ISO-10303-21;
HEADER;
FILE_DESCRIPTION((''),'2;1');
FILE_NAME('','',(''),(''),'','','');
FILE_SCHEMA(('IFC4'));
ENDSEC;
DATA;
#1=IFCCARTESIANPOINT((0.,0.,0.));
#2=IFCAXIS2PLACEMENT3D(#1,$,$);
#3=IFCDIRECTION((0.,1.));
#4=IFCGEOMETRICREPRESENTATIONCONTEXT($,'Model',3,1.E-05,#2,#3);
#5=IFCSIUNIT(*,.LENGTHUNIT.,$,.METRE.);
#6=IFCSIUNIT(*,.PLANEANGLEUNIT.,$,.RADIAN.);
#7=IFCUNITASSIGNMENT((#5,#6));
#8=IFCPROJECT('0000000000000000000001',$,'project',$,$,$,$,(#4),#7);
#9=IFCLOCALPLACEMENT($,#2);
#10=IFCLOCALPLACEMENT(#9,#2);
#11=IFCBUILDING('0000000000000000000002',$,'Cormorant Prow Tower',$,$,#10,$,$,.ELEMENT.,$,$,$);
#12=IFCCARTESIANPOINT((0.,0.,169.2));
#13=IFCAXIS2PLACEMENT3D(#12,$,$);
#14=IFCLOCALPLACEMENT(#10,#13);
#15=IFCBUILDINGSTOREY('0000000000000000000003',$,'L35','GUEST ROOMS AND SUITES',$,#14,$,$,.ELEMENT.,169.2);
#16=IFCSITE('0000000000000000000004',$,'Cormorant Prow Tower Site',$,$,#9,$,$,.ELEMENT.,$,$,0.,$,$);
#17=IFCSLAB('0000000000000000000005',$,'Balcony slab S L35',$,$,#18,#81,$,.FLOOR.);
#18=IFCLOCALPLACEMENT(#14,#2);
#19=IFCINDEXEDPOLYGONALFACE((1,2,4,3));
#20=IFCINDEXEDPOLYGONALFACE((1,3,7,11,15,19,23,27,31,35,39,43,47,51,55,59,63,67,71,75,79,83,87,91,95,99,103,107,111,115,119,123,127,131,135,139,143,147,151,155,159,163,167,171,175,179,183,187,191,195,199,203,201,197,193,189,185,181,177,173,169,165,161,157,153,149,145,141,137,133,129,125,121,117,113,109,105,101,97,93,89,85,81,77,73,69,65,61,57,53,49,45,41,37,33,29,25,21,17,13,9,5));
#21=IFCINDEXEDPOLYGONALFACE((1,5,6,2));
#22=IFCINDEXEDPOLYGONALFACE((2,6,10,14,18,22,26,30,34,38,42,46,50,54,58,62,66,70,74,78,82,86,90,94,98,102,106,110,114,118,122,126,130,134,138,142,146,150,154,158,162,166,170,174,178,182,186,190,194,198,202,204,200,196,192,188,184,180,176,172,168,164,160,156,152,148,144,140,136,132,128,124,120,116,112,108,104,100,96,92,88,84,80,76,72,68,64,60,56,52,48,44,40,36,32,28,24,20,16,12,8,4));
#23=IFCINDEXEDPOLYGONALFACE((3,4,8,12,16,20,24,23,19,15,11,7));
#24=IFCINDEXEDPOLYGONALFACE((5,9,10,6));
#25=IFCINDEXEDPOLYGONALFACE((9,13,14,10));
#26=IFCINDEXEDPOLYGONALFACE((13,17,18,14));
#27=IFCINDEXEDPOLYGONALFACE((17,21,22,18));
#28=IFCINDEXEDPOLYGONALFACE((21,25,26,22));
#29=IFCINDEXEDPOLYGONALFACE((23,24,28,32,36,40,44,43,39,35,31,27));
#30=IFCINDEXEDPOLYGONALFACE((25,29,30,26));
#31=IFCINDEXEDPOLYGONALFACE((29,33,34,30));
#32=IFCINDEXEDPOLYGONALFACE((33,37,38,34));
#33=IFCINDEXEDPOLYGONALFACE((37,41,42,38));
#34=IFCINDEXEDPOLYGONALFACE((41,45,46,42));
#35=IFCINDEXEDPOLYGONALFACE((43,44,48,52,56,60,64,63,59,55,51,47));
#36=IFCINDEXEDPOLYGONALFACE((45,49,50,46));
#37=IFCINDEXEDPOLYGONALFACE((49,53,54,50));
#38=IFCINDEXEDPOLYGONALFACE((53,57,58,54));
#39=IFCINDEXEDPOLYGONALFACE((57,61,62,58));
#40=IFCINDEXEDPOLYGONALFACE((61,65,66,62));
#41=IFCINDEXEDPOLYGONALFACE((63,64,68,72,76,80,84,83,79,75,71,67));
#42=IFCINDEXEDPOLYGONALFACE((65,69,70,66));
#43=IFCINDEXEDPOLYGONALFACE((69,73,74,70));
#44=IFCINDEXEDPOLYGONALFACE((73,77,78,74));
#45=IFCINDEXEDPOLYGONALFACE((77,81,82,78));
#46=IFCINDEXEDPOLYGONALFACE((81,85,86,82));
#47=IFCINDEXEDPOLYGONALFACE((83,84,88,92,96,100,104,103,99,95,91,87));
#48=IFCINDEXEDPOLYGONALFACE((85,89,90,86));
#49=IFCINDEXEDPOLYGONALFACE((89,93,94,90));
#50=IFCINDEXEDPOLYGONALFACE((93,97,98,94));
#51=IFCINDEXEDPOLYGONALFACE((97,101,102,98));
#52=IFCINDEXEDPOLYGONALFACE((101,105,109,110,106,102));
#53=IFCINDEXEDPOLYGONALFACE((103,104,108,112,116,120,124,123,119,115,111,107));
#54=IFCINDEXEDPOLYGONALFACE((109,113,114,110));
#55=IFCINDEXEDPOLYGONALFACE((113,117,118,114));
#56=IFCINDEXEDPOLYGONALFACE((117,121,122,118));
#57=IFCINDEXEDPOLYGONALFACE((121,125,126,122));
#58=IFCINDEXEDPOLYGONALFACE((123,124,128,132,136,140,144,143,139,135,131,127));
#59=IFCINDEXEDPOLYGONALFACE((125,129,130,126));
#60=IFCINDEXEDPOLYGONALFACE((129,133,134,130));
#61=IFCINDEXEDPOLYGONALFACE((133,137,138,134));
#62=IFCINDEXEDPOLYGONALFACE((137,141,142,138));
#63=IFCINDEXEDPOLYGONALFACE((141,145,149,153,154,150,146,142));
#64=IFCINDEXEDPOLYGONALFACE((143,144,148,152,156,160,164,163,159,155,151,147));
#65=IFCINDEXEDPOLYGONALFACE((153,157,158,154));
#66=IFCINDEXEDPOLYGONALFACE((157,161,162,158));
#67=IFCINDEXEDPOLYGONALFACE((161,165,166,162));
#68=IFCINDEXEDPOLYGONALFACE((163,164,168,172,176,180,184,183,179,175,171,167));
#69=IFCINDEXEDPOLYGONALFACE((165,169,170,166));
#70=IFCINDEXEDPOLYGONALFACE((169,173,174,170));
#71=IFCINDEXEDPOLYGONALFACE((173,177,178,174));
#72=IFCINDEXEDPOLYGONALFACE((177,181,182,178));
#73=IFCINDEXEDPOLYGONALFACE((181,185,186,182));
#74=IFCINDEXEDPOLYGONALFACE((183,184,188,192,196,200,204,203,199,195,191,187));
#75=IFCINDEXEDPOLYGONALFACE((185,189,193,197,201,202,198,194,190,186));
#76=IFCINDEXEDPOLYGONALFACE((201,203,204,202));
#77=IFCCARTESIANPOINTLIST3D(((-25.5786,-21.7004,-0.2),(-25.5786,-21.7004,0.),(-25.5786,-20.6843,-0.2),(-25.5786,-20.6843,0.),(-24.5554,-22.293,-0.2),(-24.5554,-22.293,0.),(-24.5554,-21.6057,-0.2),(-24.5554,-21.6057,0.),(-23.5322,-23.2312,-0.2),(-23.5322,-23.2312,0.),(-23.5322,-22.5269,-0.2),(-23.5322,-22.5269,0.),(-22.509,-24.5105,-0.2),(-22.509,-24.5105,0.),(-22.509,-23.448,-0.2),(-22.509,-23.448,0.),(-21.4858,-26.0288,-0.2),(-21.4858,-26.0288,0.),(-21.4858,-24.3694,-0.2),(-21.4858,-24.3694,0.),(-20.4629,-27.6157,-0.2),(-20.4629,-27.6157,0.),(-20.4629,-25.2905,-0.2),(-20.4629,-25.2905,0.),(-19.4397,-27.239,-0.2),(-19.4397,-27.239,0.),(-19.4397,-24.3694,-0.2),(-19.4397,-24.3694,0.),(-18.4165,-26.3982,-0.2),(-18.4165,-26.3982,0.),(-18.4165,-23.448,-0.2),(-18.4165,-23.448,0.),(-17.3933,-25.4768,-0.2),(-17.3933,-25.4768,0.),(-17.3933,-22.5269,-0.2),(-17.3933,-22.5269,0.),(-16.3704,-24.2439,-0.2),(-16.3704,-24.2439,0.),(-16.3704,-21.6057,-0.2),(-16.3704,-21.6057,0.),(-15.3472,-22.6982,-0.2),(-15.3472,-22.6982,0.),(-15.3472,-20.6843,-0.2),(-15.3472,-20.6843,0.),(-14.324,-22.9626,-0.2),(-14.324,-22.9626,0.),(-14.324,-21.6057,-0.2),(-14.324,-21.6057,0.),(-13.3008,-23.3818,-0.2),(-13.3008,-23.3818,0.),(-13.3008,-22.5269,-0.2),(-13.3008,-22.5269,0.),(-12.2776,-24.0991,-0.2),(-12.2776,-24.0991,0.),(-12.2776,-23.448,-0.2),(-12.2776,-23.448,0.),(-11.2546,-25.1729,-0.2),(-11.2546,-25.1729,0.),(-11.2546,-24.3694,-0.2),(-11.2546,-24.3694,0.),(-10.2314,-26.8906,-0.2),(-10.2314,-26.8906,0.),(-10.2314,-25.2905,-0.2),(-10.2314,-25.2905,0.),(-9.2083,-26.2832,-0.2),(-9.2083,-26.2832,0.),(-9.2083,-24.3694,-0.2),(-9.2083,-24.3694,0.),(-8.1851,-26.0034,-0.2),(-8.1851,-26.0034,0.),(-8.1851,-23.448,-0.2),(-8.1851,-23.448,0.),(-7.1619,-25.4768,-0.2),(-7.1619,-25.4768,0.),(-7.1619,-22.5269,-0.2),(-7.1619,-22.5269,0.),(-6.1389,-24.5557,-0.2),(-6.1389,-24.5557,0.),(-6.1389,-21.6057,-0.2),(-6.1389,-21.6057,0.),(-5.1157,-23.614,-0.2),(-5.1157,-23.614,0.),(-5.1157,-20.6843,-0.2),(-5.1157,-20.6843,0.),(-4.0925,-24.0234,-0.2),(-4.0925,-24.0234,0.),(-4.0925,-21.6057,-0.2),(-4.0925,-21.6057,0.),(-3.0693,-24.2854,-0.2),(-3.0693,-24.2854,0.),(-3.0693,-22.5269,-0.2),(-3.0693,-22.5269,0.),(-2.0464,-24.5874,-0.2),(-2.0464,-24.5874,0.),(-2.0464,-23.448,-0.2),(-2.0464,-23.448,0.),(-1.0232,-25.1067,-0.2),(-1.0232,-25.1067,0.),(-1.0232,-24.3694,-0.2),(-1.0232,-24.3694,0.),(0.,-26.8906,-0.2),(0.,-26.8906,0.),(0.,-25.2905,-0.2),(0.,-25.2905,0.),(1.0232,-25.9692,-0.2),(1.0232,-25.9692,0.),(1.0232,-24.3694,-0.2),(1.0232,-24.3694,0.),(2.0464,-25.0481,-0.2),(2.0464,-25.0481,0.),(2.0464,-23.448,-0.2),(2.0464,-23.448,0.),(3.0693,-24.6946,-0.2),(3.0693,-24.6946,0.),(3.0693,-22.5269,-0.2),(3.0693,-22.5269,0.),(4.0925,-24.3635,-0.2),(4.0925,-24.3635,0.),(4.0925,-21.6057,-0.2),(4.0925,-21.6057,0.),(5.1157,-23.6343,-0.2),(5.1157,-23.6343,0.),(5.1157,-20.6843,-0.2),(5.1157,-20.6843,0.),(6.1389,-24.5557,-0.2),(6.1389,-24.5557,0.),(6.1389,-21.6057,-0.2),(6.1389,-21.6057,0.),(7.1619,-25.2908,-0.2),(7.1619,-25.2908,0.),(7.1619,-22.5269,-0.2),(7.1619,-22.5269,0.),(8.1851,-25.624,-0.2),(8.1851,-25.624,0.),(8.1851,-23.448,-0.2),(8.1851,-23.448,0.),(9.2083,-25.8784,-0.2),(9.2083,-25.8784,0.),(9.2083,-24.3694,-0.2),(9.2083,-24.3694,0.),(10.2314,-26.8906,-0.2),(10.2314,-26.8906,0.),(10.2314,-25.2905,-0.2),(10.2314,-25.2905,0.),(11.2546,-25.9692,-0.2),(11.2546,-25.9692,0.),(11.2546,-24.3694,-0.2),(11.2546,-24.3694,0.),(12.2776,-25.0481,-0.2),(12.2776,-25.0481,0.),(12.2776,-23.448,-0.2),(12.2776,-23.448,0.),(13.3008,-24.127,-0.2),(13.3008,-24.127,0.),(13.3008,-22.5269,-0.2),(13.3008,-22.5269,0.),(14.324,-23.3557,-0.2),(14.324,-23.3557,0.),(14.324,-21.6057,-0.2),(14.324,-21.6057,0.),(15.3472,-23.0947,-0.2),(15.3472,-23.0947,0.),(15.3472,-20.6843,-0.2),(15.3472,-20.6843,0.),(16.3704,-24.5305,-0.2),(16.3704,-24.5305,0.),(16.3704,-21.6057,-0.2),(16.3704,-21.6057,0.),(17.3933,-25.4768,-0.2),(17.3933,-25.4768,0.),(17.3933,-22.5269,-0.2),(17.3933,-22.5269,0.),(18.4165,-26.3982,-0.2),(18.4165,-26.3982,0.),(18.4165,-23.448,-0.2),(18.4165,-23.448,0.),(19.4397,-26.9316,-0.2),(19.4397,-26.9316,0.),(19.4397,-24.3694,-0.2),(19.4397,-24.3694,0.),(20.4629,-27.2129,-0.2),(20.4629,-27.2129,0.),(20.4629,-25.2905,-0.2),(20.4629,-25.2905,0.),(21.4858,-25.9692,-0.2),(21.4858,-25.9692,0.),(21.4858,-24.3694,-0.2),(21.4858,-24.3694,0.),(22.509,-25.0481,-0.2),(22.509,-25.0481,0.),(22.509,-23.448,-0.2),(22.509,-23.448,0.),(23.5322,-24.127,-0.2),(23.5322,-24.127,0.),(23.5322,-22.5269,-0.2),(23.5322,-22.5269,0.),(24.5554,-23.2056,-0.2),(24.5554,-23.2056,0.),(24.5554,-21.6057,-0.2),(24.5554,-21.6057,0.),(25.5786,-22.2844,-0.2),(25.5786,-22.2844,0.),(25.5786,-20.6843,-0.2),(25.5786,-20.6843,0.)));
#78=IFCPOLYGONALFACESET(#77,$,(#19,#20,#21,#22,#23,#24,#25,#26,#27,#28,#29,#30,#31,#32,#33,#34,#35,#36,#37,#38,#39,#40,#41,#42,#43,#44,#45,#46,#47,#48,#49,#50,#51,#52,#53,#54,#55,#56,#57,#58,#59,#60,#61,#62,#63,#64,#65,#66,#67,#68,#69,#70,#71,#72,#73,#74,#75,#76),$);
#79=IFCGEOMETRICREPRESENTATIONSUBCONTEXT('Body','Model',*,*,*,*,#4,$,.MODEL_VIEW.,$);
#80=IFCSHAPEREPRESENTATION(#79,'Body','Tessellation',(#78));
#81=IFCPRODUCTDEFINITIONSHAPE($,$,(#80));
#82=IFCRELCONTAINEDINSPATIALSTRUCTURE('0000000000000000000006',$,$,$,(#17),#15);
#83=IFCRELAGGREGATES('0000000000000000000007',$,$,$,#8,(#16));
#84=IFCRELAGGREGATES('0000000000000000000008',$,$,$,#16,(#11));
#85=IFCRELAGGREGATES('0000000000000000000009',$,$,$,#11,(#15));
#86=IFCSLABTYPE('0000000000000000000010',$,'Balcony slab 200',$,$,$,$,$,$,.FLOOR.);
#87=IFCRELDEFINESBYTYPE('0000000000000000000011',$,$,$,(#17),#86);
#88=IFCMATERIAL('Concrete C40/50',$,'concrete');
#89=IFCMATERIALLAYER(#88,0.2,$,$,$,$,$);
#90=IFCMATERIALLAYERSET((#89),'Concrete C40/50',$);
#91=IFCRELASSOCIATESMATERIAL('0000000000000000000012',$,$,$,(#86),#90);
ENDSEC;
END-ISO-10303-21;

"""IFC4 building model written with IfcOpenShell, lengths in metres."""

from ifc_helpers import new_model, si_unit, direction, frame, origin, place, context, subcontext, project, spatial, polyline, outline, extrude, material, layer, layer_set, type_object, element, save


model = new_model("IFC4")

# Units and contexts
model_context = context("Model", 3, precision=1e-05, world=origin(), true_north=direction((0.0, 1.0)))
body_context = subcontext(model_context, "Body", "Model", "MODEL_VIEW")
ifc_project = project(units=[si_unit("LENGTHUNIT", "METRE"), si_unit("PLANEANGLEUNIT", "RADIAN")], contexts=[model_context])

# Site, building, storey
site_placement = place(None, origin())
site = spatial("IfcSite", under=ifc_project, at=site_placement, Name="Cormorant Prow Tower Site", CompositionType="ELEMENT", RefElevation=0.0)
building_placement = place(site_placement, origin())
building = spatial("IfcBuilding", under=site, at=building_placement, Name="Cormorant Prow Tower", CompositionType="ELEMENT")
storey_placement = place(building_placement, frame((0.0, 0.0, 169.2)))
storey = spatial("IfcBuildingStorey", under=building, at=storey_placement, Name="L35", Description="GUEST ROOMS AND SUITES", CompositionType="ELEMENT", Elevation=169.2)

# Slab
ifc_material_1 = material(Name="Concrete C40/50", Category="concrete")
ifc_layer_1 = layer(ifc_material_1, 0.2)
ifc_layer_set_1 = layer_set([ifc_layer_1], Name="Concrete C40/50")
slab_type_1 = type_object("IfcSlabType", Name="Balcony slab 200", PredefinedType="FLOOR", material=ifc_layer_set_1)
slab_1_placement = place(storey_placement, frame((0.0, 0.0, -0.2)))
element("IfcSlab", 1, at=slab_1_placement, inside=storey, type_object=slab_type_1, Name="Balcony slab S L35", PredefinedType="FLOOR", context=body_context, shape_type="SweptSolid", body=[
    extrude(outline(polyline([(-25.5786, -20.6843), (-25.5786, -21.7004), (-24.5554, -22.293), (-23.5322, -23.2312), (-22.509, -24.5105), (-21.4858, -26.0288), (-20.4629, -27.6157), (-19.4397, -27.239), (-18.4165, -26.3982), (-17.3933, -25.4768), (-16.3704, -24.2439), (-15.3472, -22.6982), (-14.324, -22.9626), (-13.3008, -23.3818), (-12.2776, -24.0991), (-11.2546, -25.1729), (-10.2314, -26.8906), (-9.2083, -26.2832), (-8.1851, -26.0034), (-7.1619, -25.4768), (-6.1389, -24.5557), (-5.1157, -23.614), (-4.0925, -24.0234), (-3.0693, -24.2854), (-2.0464, -24.5874), (-1.0232, -25.1067), (0.0, -26.8906), (1.0232, -25.9692), (2.0464, -25.0481), (3.0693, -24.6946), (4.0925, -24.3635), (5.1157, -23.6343), (6.1389, -24.5557), (7.1619, -25.2908), (8.1851, -25.624), (9.2083, -25.8784), (10.2314, -26.8906), (11.2546, -25.9692), (12.2776, -25.0481), (13.3008, -24.127), (14.324, -23.3557), (15.3472, -23.0947), (16.3704, -24.5305), (17.3933, -25.4768), (18.4165, -26.3982), (19.4397, -26.9316), (20.4629, -27.2129), (21.4858, -25.9692), (22.509, -25.0481), (23.5322, -24.127), (24.5554, -23.2056), (25.5786, -22.2844), (25.5786, -20.6843), (24.5554, -21.6057), (23.5322, -22.5269), (22.509, -23.448), (21.4858, -24.3694), (20.4629, -25.2905), (19.4397, -24.3694), (18.4165, -23.448), (17.3933, -22.5269), (16.3704, -21.6057), (15.3472, -20.6843), (14.324, -21.6057), (13.3008, -22.5269), (12.2776, -23.448), (11.2546, -24.3694), (10.2314, -25.2905), (9.2083, -24.3694), (8.1851, -23.448), (7.1619, -22.5269), (6.1389, -21.6057), (5.1157, -20.6843), (4.0925, -21.6057), (3.0693, -22.5269), (2.0464, -23.448), (1.0232, -24.3694), (0.0, -25.2905), (-1.0232, -24.3694), (-2.0464, -23.448), (-3.0693, -22.5269), (-4.0925, -21.6057), (-5.1157, -20.6843), (-6.1389, -21.6057), (-7.1619, -22.5269), (-8.1851, -23.448), (-9.2083, -24.3694), (-10.2314, -25.2905), (-11.2546, -24.3694), (-12.2776, -23.448), (-13.3008, -22.5269), (-14.324, -21.6057), (-15.3472, -20.6843), (-16.3704, -21.6057), (-17.3933, -22.5269), (-18.4165, -23.448), (-19.4397, -24.3694), (-20.4629, -25.2905), (-21.4858, -24.3694), (-22.509, -23.448), (-23.5322, -22.5269), (-24.5554, -21.6057), (-25.5786, -20.6843)])), origin(), (0.0, 0.0, 1.0), 0.2),
])

save(model, "model.ifc")
